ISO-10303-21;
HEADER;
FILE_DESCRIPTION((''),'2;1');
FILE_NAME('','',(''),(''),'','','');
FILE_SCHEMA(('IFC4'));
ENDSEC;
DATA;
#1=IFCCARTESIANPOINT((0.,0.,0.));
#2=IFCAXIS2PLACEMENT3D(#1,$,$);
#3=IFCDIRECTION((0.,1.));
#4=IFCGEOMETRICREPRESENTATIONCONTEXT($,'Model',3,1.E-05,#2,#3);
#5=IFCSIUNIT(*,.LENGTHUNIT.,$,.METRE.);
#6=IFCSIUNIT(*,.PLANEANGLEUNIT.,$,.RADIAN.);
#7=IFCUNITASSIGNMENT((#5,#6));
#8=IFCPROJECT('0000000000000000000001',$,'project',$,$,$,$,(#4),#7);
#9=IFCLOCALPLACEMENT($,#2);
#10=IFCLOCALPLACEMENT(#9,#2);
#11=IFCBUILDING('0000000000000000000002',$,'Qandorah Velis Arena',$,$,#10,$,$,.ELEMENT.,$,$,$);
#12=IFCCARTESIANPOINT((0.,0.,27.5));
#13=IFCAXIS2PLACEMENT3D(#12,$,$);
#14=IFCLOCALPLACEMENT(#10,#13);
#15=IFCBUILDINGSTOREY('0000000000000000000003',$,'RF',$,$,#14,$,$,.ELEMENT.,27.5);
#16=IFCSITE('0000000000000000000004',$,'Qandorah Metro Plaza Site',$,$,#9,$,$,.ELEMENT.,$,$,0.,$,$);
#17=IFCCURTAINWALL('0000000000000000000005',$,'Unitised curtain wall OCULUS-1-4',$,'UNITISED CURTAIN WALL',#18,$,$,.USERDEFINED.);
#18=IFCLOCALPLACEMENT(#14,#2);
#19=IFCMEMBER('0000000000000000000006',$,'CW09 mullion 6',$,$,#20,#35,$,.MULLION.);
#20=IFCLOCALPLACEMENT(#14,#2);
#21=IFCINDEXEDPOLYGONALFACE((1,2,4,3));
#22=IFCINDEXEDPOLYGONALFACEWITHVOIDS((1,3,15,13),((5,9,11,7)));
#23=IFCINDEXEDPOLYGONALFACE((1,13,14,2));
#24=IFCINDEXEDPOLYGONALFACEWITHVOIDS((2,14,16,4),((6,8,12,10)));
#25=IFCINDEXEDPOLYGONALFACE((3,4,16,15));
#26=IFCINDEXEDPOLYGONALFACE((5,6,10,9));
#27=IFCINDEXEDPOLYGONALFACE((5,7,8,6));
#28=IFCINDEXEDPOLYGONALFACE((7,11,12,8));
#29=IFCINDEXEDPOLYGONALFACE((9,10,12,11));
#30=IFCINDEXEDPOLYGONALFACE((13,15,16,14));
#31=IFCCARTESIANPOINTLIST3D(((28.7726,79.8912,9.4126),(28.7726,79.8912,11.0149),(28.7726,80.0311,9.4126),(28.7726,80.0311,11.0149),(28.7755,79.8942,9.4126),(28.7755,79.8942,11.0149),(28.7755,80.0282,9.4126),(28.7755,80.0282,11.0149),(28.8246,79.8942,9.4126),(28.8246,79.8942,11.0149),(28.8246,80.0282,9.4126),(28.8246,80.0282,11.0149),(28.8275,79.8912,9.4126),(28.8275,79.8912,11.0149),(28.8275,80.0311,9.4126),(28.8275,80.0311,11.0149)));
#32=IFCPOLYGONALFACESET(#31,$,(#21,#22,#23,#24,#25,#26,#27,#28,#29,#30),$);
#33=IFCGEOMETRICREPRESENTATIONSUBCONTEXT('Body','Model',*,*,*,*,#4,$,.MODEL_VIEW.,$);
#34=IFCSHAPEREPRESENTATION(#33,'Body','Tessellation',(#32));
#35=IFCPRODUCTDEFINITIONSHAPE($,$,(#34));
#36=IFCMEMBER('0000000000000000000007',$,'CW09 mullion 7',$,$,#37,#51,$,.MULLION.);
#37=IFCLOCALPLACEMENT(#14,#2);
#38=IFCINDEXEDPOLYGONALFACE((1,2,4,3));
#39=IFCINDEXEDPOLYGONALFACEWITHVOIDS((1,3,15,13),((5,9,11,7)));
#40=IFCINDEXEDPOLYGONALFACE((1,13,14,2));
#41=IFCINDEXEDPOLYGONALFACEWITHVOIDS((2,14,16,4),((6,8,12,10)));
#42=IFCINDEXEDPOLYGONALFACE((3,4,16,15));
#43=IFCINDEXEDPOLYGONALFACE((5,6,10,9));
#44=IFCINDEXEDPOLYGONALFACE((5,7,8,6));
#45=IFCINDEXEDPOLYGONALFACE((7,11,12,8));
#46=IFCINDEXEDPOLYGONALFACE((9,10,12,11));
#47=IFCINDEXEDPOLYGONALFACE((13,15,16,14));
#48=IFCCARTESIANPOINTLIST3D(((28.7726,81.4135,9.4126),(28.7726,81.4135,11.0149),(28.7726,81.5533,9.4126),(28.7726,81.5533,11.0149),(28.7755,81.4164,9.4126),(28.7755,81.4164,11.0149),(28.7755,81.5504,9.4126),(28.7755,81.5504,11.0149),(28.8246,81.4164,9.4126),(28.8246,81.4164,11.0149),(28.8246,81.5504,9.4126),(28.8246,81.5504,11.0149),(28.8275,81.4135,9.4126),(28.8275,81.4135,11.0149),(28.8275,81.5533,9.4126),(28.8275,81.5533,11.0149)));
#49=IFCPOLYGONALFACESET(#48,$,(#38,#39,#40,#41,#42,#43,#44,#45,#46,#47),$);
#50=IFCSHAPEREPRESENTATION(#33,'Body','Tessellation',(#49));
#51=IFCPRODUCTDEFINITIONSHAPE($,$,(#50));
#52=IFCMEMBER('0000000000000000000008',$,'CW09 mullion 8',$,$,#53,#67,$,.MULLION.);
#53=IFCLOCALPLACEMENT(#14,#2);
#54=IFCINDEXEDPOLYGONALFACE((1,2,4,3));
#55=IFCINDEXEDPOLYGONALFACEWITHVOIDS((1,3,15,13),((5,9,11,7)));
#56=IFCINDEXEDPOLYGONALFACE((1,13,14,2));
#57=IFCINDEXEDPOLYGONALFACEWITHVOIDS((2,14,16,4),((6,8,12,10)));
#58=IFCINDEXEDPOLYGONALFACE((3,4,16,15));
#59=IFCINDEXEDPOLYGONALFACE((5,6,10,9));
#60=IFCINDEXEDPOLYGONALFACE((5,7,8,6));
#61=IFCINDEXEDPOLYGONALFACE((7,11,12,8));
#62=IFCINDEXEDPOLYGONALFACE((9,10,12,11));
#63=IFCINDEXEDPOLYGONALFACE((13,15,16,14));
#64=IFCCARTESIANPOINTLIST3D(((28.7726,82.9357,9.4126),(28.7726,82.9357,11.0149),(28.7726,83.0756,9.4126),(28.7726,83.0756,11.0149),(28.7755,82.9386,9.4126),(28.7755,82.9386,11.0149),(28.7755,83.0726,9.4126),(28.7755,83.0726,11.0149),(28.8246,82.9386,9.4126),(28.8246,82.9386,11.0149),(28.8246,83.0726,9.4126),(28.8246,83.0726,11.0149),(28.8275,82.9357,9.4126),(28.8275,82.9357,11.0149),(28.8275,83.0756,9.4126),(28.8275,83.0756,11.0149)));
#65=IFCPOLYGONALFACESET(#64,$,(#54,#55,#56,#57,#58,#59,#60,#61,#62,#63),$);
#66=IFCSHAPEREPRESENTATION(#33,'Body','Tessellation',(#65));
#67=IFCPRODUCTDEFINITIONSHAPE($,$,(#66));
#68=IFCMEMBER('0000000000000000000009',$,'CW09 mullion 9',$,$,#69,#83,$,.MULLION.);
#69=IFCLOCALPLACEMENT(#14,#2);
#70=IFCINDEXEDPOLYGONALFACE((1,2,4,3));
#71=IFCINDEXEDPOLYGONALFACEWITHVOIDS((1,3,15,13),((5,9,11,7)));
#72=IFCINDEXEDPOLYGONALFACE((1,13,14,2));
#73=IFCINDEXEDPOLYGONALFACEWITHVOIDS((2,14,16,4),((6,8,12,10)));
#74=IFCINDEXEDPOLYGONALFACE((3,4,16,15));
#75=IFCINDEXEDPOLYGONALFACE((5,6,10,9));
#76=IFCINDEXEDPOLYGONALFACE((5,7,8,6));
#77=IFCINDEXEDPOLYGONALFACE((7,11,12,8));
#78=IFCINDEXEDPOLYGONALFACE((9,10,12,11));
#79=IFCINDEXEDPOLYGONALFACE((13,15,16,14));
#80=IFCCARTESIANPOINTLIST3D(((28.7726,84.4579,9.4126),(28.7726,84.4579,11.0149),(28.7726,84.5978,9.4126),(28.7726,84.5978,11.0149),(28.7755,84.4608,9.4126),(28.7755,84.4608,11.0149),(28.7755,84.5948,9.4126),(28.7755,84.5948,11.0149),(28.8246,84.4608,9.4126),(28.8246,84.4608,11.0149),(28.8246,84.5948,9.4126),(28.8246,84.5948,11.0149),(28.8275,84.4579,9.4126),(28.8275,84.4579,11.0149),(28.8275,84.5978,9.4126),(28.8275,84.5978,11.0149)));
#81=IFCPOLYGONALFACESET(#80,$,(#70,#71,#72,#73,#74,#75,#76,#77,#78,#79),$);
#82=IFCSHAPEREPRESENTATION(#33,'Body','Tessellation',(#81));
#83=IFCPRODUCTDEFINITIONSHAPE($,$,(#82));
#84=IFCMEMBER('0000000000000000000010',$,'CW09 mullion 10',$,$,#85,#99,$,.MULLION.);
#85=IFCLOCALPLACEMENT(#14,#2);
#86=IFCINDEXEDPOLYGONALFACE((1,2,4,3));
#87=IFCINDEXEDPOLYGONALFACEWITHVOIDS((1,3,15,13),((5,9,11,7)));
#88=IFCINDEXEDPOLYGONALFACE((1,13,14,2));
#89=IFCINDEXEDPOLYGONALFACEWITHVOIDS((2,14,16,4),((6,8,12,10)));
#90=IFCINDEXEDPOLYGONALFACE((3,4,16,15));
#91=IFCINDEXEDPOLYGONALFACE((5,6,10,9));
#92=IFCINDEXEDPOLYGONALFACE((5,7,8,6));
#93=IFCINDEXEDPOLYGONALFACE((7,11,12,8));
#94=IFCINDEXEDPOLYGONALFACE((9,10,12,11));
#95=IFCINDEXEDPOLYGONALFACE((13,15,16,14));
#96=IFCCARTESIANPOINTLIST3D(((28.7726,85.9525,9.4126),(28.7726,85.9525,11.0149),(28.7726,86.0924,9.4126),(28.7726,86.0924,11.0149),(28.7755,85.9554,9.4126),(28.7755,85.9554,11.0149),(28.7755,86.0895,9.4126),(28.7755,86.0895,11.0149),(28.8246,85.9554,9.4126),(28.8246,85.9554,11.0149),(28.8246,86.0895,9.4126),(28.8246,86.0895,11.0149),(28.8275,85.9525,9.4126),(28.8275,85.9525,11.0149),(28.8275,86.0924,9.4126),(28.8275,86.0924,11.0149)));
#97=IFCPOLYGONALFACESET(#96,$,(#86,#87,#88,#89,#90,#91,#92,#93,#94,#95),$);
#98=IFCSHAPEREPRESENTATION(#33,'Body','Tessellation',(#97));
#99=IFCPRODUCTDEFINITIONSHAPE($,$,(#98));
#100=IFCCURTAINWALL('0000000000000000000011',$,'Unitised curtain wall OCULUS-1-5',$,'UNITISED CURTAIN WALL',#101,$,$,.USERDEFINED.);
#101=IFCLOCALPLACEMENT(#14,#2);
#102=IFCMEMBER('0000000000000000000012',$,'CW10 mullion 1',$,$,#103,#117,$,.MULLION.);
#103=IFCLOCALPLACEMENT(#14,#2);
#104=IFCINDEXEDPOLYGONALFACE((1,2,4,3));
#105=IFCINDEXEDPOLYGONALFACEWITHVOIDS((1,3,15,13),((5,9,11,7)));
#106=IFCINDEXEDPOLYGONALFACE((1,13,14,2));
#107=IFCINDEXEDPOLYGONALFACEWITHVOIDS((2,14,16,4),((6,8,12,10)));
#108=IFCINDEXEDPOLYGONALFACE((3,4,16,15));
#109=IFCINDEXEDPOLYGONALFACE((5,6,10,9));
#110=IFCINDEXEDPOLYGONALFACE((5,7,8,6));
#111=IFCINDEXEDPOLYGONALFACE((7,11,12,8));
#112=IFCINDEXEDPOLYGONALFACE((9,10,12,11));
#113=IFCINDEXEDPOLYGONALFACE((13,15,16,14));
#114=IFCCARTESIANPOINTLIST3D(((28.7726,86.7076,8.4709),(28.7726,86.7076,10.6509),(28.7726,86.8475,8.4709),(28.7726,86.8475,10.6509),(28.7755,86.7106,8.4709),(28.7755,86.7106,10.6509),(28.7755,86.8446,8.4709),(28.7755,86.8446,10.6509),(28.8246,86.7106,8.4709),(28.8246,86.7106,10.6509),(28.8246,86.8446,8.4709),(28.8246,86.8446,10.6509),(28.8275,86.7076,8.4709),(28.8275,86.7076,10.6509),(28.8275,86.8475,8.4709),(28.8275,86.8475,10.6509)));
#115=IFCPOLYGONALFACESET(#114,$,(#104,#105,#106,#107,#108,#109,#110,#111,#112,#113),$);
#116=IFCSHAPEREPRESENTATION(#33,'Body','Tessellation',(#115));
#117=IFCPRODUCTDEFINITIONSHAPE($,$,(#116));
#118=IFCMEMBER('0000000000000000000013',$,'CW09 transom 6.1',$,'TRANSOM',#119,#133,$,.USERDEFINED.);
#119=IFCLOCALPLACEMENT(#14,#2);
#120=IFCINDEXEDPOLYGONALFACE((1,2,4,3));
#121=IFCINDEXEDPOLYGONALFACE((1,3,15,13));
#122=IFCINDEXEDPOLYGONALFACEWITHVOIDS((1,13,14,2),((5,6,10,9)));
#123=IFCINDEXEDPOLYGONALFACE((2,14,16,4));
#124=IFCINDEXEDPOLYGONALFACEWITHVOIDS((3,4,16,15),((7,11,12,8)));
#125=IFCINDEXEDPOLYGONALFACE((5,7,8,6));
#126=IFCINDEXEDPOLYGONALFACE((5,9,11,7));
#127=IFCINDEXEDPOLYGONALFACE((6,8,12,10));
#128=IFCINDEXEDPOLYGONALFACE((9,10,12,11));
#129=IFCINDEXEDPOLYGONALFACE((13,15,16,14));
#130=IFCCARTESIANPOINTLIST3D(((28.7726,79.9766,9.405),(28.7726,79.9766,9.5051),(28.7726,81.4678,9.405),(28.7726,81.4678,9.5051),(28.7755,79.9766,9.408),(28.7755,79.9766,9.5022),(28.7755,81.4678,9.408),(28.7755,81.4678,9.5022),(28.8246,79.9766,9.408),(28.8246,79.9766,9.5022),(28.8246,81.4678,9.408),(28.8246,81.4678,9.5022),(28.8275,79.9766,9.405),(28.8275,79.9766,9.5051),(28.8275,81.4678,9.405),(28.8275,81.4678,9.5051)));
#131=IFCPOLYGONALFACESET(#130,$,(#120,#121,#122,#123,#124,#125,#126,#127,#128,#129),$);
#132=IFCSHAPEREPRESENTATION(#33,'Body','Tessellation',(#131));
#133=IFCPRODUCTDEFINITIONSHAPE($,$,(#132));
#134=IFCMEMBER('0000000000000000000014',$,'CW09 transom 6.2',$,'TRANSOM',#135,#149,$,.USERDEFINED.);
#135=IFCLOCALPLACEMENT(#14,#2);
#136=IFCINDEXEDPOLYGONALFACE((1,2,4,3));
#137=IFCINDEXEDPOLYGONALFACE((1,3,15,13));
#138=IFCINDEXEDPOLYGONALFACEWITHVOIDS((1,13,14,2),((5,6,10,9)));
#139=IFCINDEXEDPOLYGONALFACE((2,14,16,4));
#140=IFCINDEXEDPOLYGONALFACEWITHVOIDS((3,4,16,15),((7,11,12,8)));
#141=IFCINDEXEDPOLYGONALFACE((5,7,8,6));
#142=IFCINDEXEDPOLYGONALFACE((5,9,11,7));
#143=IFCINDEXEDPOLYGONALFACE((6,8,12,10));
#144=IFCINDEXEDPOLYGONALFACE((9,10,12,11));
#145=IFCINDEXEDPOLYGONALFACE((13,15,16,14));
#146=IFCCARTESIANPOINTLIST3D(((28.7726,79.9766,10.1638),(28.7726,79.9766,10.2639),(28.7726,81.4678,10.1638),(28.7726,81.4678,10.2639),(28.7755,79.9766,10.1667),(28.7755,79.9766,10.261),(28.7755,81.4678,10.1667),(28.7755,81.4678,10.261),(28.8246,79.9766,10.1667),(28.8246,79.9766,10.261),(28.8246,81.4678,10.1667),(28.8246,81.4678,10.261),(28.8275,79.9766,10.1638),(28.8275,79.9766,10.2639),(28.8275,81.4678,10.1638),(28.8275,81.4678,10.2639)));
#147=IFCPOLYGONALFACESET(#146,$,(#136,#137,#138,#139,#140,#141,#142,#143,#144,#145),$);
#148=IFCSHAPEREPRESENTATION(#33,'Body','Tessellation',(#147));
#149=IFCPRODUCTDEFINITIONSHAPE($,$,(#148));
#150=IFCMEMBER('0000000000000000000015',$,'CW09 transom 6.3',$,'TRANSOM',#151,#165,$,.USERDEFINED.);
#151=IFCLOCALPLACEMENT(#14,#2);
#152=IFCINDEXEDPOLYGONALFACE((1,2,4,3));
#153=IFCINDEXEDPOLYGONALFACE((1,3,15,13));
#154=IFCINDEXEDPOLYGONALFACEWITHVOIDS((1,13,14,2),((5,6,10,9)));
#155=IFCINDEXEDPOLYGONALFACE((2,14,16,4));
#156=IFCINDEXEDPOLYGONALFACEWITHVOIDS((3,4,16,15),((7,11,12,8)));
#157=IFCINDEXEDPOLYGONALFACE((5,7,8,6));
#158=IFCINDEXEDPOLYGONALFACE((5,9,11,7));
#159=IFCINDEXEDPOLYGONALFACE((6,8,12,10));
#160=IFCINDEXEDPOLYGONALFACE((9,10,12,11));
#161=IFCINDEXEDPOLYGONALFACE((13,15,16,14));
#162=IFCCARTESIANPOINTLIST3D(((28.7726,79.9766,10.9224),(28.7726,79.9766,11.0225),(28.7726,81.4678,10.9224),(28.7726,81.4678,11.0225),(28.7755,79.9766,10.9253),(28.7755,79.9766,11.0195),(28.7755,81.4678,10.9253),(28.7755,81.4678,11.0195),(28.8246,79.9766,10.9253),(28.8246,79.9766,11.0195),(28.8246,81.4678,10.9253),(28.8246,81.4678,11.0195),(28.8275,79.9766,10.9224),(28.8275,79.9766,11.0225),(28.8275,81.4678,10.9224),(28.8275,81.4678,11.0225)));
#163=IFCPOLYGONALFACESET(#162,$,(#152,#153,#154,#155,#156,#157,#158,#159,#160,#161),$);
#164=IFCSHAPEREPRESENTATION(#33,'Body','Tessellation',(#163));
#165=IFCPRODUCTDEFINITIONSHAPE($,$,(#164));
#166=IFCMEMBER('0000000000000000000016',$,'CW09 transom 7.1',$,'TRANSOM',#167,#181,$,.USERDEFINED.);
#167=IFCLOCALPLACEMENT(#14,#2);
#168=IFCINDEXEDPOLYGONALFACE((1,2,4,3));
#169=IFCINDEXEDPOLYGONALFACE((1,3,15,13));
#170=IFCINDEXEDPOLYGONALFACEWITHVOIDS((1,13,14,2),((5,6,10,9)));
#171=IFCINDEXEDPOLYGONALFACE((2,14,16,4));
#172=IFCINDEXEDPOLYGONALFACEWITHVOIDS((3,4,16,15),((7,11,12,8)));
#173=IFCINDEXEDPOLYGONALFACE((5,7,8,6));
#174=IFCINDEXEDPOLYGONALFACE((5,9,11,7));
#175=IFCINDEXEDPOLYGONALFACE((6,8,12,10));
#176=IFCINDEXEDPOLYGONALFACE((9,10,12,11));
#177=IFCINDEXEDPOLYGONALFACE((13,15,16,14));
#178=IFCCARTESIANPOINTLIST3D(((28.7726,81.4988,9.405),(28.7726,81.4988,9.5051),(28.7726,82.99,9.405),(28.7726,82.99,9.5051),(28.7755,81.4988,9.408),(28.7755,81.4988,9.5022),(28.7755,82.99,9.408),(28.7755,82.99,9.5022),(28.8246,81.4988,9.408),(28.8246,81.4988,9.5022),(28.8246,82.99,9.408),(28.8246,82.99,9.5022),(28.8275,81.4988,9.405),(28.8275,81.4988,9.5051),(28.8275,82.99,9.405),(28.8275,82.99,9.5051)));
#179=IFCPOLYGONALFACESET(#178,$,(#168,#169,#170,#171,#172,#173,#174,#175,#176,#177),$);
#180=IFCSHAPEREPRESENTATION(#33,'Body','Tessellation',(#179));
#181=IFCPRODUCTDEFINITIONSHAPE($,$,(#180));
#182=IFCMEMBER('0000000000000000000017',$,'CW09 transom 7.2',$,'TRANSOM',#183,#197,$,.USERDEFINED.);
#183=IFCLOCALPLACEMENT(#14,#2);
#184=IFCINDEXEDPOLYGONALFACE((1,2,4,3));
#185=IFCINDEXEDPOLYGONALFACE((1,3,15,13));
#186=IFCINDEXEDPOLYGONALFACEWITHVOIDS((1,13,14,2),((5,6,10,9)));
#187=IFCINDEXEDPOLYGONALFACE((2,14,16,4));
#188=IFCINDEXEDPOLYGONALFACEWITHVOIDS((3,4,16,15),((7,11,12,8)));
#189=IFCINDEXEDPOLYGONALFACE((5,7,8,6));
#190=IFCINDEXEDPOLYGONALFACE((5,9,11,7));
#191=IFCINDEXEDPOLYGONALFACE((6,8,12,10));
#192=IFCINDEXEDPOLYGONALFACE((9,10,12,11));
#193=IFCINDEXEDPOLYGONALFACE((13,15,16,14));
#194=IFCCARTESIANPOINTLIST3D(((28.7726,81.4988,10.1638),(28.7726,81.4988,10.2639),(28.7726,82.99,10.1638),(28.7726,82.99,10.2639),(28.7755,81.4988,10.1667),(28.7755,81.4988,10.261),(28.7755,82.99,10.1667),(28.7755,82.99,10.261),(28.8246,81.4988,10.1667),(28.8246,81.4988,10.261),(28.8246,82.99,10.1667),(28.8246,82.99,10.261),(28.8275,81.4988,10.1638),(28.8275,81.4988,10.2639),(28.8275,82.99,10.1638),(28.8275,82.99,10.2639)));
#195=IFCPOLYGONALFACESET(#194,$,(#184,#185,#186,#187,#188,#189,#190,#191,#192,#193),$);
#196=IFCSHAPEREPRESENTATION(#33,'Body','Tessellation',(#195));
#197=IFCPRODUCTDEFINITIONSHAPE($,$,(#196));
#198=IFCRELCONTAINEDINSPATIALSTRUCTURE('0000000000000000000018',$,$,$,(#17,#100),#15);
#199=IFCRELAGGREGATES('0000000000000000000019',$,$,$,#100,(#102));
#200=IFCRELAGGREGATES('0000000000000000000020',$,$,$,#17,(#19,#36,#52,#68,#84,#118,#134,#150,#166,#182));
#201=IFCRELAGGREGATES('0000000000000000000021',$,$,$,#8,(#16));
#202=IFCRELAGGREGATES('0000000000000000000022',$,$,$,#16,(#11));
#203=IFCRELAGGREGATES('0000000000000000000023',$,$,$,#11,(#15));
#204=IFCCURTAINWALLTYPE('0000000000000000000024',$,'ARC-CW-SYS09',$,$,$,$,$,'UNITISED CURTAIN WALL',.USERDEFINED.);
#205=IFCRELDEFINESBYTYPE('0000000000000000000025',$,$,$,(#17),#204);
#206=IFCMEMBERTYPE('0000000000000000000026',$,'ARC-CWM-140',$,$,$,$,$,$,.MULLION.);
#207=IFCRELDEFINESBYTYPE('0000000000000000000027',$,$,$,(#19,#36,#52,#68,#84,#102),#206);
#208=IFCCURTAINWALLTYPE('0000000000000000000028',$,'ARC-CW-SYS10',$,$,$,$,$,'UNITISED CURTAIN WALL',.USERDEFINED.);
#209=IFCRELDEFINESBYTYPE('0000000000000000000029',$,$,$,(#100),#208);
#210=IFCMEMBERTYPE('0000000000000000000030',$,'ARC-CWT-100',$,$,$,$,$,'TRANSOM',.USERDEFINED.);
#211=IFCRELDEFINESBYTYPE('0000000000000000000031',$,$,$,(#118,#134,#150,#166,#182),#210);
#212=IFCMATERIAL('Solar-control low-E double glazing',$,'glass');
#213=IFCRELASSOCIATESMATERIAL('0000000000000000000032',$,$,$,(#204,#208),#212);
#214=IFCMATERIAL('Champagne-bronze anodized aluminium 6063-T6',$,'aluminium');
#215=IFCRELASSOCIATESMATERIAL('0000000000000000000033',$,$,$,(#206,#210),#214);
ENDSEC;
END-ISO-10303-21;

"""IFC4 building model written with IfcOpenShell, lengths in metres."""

from ifc_helpers import new_model, si_unit, direction, frame, origin, origin_2d, place, context, subcontext, project, spatial, hollow_rectangle, extrude, material, material_profile, profile_set, type_object, element, aggregate, save


model = new_model("IFC4")

# Units and contexts
model_context = context("Model", 3, precision=1e-05, world=origin(), true_north=direction((0.0, 1.0)))
body_context = subcontext(model_context, "Body", "Model", "MODEL_VIEW")
ifc_project = project(units=[si_unit("LENGTHUNIT", "METRE"), si_unit("PLANEANGLEUNIT", "RADIAN")], contexts=[model_context])

# Site, building, storey
site_placement = place(None, origin())
site = spatial("IfcSite", under=ifc_project, at=site_placement, Name="Qandorah Metro Plaza Site", CompositionType="ELEMENT", RefElevation=0.0)
building_placement = place(site_placement, origin())
building = spatial("IfcBuilding", under=site, at=building_placement, Name="Qandorah Velis Arena", CompositionType="ELEMENT")
storey_placement = place(building_placement, frame((0.0, 0.0, 27.5)))
storey = spatial("IfcBuildingStorey", under=building, at=storey_placement, Name="RF", CompositionType="ELEMENT", Elevation=27.5)

# Curtain wall, members
ifc_material_1 = material(Name="Solar-control low-E double glazing", Category="glass")
curtain_wall_type_1 = type_object("IfcCurtainWallType", Name="ARC-CW-SYS09", ElementType="UNITISED CURTAIN WALL", PredefinedType="USERDEFINED", material=ifc_material_1)
curtain_wall_1_placement = place(storey_placement, origin())
curtain_wall_1 = element("IfcCurtainWall", 1, at=curtain_wall_1_placement, inside=storey, type_object=curtain_wall_type_1, Name="Unitised curtain wall OCULUS-1-4", ObjectType="UNITISED CURTAIN WALL", PredefinedType="USERDEFINED")
ifc_material_2 = material(Name="Champagne-bronze anodized aluminium 6063-T6", Category="aluminium")
ifc_material_profile_1 = material_profile(ifc_material_2, hollow_rectangle(XDim=0.0549, YDim=0.1399, WallThickness=0.0029, at=origin_2d()), Name="ALU MULLION 55x140")
ifc_profile_set_1 = profile_set([ifc_material_profile_1], Name="Champagne-bronze anodized aluminium 6063-T6")
member_type_1 = type_object("IfcMemberType", Name="ARC-CWM-140", PredefinedType="MULLION", material=ifc_profile_set_1)
member_1_placement = place(storey_placement, frame((28.8, 79.9612, 9.4126), z_axis=(0.0, 0.0, 1.0), x_axis=(-1.0, 0.0, 0.0)))
member_1 = element("IfcMember", 2, at=member_1_placement, type_object=member_type_1, Name="CW09 mullion 6", PredefinedType="MULLION", context=body_context, shape_type="SweptSolid", body=[
    extrude(hollow_rectangle(XDim=0.0549, YDim=0.1399, WallThickness=0.0029, at=origin_2d()), origin(), (0.0, 0.0, 1.0), 1.6023),
])
member_2_placement = place(storey_placement, frame((28.8, 81.4834, 9.4126), z_axis=(0.0, 0.0, 1.0), x_axis=(-1.0, 0.0, 0.0)))
member_2 = element("IfcMember", 3, at=member_2_placement, type_object=member_type_1, Name="CW09 mullion 7", PredefinedType="MULLION", context=body_context, shape_type="SweptSolid", body=[
    extrude(hollow_rectangle(XDim=0.0549, YDim=0.1399, WallThickness=0.0029, at=origin_2d()), origin(), (0.0, 0.0, 1.0), 1.6023),
])
member_3_placement = place(storey_placement, frame((28.8, 83.0056, 9.4126), z_axis=(0.0, 0.0, 1.0), x_axis=(-1.0, 0.0, 0.0)))
member_3 = element("IfcMember", 4, at=member_3_placement, type_object=member_type_1, Name="CW09 mullion 8", PredefinedType="MULLION", context=body_context, shape_type="SweptSolid", body=[
    extrude(hollow_rectangle(XDim=0.0549, YDim=0.1399, WallThickness=0.0029, at=origin_2d()), origin(), (0.0, 0.0, 1.0), 1.6023),
])
member_4_placement = place(storey_placement, frame((28.8, 84.5278, 9.4126), z_axis=(0.0, 0.0, 1.0), x_axis=(-1.0, 0.0, 0.0)))
member_4 = element("IfcMember", 5, at=member_4_placement, type_object=member_type_1, Name="CW09 mullion 9", PredefinedType="MULLION", context=body_context, shape_type="SweptSolid", body=[
    extrude(hollow_rectangle(XDim=0.0549, YDim=0.1399, WallThickness=0.0029, at=origin_2d()), origin(), (0.0, 0.0, 1.0), 1.6023),
])
member_5_placement = place(storey_placement, frame((28.8, 86.0225, 9.4126), z_axis=(0.0, 0.0, 1.0), x_axis=(-1.0, 0.0, 0.0)))
member_5 = element("IfcMember", 6, at=member_5_placement, type_object=member_type_1, Name="CW09 mullion 10", PredefinedType="MULLION", context=body_context, shape_type="SweptSolid", body=[
    extrude(hollow_rectangle(XDim=0.0549, YDim=0.1399, WallThickness=0.0029, at=origin_2d()), origin(), (0.0, 0.0, 1.0), 1.6023),
])

# Curtain wall, member
curtain_wall_type_2 = type_object("IfcCurtainWallType", Name="ARC-CW-SYS10", ElementType="UNITISED CURTAIN WALL", PredefinedType="USERDEFINED", material=ifc_material_1)
curtain_wall_2_placement = place(storey_placement, origin())
curtain_wall_2 = element("IfcCurtainWall", 7, at=curtain_wall_2_placement, inside=storey, type_object=curtain_wall_type_2, Name="Unitised curtain wall OCULUS-1-5", ObjectType="UNITISED CURTAIN WALL", PredefinedType="USERDEFINED")
member_6_placement = place(storey_placement, frame((28.8, 86.7776, 8.4709), z_axis=(0.0, 0.0, 1.0), x_axis=(-1.0, 0.0, 0.0)))
member_6 = element("IfcMember", 8, at=member_6_placement, type_object=member_type_1, Name="CW10 mullion 1", PredefinedType="MULLION", context=body_context, shape_type="SweptSolid", body=[
    extrude(hollow_rectangle(XDim=0.0549, YDim=0.1399, WallThickness=0.0029, at=origin_2d()), origin(), (0.0, 0.0, 1.0), 2.1799),
])

# Members
ifc_material_profile_2 = material_profile(ifc_material_2, hollow_rectangle(XDim=0.0549, YDim=0.1001, WallThickness=0.0029, at=origin_2d()), Name="ALU TRANSOM 55x100")
ifc_profile_set_2 = profile_set([ifc_material_profile_2], Name="Champagne-bronze anodized aluminium 6063-T6")
member_type_2 = type_object("IfcMemberType", Name="ARC-CWT-100", ElementType="TRANSOM", PredefinedType="USERDEFINED", material=ifc_profile_set_2)
member_7_placement = place(storey_placement, frame((28.8, 79.9766, 9.4551), z_axis=(0.0, 1.0, 0.0), x_axis=(-1.0, 0.0, 0.0)))
member_7 = element("IfcMember", 9, at=member_7_placement, type_object=member_type_2, Name="CW09 transom 6.1", ObjectType="TRANSOM", PredefinedType="USERDEFINED", context=body_context, shape_type="SweptSolid", body=[
    extrude(hollow_rectangle(XDim=0.0549, YDim=0.1001, WallThickness=0.0029, at=origin_2d()), origin(), (0.0, 0.0, 1.0), 1.4912),
])
member_8_placement = place(storey_placement, frame((28.8, 79.9766, 10.2139), z_axis=(0.0, 1.0, 0.0), x_axis=(-1.0, 0.0, 0.0)))
member_8 = element("IfcMember", 10, at=member_8_placement, type_object=member_type_2, Name="CW09 transom 6.2", ObjectType="TRANSOM", PredefinedType="USERDEFINED", context=body_context, shape_type="SweptSolid", body=[
    extrude(hollow_rectangle(XDim=0.0549, YDim=0.1001, WallThickness=0.0029, at=origin_2d()), origin(), (0.0, 0.0, 1.0), 1.4912),
])
member_9_placement = place(storey_placement, frame((28.8, 79.9766, 10.9724), z_axis=(0.0, 1.0, 0.0), x_axis=(-1.0, 0.0, 0.0)))
member_9 = element("IfcMember", 11, at=member_9_placement, type_object=member_type_2, Name="CW09 transom 6.3", ObjectType="TRANSOM", PredefinedType="USERDEFINED", context=body_context, shape_type="SweptSolid", body=[
    extrude(hollow_rectangle(XDim=0.0549, YDim=0.1001, WallThickness=0.0029, at=origin_2d()), origin(), (0.0, 0.0, 1.0), 1.4912),
])
member_10_placement = place(storey_placement, frame((28.8, 81.4988, 9.4551), z_axis=(0.0, 1.0, 0.0), x_axis=(-1.0, 0.0, 0.0)))
member_10 = element("IfcMember", 12, at=member_10_placement, type_object=member_type_2, Name="CW09 transom 7.1", ObjectType="TRANSOM", PredefinedType="USERDEFINED", context=body_context, shape_type="SweptSolid", body=[
    extrude(hollow_rectangle(XDim=0.0549, YDim=0.1001, WallThickness=0.0029, at=origin_2d()), origin(), (0.0, 0.0, 1.0), 1.4912),
])
member_11_placement = place(storey_placement, frame((28.8, 81.4988, 10.2139), z_axis=(0.0, 1.0, 0.0), x_axis=(-1.0, 0.0, 0.0)))
member_11 = element("IfcMember", 13, at=member_11_placement, type_object=member_type_2, Name="CW09 transom 7.2", ObjectType="TRANSOM", PredefinedType="USERDEFINED", context=body_context, shape_type="SweptSolid", body=[
    extrude(hollow_rectangle(XDim=0.0549, YDim=0.1001, WallThickness=0.0029, at=origin_2d()), origin(), (0.0, 0.0, 1.0), 1.4912),
])
aggregate(curtain_wall_2, [member_6])

aggregate(curtain_wall_1, [member_1, member_2, member_3, member_4, member_5, member_7, member_8, member_9, member_10, member_11])

save(model, "model.ifc")
